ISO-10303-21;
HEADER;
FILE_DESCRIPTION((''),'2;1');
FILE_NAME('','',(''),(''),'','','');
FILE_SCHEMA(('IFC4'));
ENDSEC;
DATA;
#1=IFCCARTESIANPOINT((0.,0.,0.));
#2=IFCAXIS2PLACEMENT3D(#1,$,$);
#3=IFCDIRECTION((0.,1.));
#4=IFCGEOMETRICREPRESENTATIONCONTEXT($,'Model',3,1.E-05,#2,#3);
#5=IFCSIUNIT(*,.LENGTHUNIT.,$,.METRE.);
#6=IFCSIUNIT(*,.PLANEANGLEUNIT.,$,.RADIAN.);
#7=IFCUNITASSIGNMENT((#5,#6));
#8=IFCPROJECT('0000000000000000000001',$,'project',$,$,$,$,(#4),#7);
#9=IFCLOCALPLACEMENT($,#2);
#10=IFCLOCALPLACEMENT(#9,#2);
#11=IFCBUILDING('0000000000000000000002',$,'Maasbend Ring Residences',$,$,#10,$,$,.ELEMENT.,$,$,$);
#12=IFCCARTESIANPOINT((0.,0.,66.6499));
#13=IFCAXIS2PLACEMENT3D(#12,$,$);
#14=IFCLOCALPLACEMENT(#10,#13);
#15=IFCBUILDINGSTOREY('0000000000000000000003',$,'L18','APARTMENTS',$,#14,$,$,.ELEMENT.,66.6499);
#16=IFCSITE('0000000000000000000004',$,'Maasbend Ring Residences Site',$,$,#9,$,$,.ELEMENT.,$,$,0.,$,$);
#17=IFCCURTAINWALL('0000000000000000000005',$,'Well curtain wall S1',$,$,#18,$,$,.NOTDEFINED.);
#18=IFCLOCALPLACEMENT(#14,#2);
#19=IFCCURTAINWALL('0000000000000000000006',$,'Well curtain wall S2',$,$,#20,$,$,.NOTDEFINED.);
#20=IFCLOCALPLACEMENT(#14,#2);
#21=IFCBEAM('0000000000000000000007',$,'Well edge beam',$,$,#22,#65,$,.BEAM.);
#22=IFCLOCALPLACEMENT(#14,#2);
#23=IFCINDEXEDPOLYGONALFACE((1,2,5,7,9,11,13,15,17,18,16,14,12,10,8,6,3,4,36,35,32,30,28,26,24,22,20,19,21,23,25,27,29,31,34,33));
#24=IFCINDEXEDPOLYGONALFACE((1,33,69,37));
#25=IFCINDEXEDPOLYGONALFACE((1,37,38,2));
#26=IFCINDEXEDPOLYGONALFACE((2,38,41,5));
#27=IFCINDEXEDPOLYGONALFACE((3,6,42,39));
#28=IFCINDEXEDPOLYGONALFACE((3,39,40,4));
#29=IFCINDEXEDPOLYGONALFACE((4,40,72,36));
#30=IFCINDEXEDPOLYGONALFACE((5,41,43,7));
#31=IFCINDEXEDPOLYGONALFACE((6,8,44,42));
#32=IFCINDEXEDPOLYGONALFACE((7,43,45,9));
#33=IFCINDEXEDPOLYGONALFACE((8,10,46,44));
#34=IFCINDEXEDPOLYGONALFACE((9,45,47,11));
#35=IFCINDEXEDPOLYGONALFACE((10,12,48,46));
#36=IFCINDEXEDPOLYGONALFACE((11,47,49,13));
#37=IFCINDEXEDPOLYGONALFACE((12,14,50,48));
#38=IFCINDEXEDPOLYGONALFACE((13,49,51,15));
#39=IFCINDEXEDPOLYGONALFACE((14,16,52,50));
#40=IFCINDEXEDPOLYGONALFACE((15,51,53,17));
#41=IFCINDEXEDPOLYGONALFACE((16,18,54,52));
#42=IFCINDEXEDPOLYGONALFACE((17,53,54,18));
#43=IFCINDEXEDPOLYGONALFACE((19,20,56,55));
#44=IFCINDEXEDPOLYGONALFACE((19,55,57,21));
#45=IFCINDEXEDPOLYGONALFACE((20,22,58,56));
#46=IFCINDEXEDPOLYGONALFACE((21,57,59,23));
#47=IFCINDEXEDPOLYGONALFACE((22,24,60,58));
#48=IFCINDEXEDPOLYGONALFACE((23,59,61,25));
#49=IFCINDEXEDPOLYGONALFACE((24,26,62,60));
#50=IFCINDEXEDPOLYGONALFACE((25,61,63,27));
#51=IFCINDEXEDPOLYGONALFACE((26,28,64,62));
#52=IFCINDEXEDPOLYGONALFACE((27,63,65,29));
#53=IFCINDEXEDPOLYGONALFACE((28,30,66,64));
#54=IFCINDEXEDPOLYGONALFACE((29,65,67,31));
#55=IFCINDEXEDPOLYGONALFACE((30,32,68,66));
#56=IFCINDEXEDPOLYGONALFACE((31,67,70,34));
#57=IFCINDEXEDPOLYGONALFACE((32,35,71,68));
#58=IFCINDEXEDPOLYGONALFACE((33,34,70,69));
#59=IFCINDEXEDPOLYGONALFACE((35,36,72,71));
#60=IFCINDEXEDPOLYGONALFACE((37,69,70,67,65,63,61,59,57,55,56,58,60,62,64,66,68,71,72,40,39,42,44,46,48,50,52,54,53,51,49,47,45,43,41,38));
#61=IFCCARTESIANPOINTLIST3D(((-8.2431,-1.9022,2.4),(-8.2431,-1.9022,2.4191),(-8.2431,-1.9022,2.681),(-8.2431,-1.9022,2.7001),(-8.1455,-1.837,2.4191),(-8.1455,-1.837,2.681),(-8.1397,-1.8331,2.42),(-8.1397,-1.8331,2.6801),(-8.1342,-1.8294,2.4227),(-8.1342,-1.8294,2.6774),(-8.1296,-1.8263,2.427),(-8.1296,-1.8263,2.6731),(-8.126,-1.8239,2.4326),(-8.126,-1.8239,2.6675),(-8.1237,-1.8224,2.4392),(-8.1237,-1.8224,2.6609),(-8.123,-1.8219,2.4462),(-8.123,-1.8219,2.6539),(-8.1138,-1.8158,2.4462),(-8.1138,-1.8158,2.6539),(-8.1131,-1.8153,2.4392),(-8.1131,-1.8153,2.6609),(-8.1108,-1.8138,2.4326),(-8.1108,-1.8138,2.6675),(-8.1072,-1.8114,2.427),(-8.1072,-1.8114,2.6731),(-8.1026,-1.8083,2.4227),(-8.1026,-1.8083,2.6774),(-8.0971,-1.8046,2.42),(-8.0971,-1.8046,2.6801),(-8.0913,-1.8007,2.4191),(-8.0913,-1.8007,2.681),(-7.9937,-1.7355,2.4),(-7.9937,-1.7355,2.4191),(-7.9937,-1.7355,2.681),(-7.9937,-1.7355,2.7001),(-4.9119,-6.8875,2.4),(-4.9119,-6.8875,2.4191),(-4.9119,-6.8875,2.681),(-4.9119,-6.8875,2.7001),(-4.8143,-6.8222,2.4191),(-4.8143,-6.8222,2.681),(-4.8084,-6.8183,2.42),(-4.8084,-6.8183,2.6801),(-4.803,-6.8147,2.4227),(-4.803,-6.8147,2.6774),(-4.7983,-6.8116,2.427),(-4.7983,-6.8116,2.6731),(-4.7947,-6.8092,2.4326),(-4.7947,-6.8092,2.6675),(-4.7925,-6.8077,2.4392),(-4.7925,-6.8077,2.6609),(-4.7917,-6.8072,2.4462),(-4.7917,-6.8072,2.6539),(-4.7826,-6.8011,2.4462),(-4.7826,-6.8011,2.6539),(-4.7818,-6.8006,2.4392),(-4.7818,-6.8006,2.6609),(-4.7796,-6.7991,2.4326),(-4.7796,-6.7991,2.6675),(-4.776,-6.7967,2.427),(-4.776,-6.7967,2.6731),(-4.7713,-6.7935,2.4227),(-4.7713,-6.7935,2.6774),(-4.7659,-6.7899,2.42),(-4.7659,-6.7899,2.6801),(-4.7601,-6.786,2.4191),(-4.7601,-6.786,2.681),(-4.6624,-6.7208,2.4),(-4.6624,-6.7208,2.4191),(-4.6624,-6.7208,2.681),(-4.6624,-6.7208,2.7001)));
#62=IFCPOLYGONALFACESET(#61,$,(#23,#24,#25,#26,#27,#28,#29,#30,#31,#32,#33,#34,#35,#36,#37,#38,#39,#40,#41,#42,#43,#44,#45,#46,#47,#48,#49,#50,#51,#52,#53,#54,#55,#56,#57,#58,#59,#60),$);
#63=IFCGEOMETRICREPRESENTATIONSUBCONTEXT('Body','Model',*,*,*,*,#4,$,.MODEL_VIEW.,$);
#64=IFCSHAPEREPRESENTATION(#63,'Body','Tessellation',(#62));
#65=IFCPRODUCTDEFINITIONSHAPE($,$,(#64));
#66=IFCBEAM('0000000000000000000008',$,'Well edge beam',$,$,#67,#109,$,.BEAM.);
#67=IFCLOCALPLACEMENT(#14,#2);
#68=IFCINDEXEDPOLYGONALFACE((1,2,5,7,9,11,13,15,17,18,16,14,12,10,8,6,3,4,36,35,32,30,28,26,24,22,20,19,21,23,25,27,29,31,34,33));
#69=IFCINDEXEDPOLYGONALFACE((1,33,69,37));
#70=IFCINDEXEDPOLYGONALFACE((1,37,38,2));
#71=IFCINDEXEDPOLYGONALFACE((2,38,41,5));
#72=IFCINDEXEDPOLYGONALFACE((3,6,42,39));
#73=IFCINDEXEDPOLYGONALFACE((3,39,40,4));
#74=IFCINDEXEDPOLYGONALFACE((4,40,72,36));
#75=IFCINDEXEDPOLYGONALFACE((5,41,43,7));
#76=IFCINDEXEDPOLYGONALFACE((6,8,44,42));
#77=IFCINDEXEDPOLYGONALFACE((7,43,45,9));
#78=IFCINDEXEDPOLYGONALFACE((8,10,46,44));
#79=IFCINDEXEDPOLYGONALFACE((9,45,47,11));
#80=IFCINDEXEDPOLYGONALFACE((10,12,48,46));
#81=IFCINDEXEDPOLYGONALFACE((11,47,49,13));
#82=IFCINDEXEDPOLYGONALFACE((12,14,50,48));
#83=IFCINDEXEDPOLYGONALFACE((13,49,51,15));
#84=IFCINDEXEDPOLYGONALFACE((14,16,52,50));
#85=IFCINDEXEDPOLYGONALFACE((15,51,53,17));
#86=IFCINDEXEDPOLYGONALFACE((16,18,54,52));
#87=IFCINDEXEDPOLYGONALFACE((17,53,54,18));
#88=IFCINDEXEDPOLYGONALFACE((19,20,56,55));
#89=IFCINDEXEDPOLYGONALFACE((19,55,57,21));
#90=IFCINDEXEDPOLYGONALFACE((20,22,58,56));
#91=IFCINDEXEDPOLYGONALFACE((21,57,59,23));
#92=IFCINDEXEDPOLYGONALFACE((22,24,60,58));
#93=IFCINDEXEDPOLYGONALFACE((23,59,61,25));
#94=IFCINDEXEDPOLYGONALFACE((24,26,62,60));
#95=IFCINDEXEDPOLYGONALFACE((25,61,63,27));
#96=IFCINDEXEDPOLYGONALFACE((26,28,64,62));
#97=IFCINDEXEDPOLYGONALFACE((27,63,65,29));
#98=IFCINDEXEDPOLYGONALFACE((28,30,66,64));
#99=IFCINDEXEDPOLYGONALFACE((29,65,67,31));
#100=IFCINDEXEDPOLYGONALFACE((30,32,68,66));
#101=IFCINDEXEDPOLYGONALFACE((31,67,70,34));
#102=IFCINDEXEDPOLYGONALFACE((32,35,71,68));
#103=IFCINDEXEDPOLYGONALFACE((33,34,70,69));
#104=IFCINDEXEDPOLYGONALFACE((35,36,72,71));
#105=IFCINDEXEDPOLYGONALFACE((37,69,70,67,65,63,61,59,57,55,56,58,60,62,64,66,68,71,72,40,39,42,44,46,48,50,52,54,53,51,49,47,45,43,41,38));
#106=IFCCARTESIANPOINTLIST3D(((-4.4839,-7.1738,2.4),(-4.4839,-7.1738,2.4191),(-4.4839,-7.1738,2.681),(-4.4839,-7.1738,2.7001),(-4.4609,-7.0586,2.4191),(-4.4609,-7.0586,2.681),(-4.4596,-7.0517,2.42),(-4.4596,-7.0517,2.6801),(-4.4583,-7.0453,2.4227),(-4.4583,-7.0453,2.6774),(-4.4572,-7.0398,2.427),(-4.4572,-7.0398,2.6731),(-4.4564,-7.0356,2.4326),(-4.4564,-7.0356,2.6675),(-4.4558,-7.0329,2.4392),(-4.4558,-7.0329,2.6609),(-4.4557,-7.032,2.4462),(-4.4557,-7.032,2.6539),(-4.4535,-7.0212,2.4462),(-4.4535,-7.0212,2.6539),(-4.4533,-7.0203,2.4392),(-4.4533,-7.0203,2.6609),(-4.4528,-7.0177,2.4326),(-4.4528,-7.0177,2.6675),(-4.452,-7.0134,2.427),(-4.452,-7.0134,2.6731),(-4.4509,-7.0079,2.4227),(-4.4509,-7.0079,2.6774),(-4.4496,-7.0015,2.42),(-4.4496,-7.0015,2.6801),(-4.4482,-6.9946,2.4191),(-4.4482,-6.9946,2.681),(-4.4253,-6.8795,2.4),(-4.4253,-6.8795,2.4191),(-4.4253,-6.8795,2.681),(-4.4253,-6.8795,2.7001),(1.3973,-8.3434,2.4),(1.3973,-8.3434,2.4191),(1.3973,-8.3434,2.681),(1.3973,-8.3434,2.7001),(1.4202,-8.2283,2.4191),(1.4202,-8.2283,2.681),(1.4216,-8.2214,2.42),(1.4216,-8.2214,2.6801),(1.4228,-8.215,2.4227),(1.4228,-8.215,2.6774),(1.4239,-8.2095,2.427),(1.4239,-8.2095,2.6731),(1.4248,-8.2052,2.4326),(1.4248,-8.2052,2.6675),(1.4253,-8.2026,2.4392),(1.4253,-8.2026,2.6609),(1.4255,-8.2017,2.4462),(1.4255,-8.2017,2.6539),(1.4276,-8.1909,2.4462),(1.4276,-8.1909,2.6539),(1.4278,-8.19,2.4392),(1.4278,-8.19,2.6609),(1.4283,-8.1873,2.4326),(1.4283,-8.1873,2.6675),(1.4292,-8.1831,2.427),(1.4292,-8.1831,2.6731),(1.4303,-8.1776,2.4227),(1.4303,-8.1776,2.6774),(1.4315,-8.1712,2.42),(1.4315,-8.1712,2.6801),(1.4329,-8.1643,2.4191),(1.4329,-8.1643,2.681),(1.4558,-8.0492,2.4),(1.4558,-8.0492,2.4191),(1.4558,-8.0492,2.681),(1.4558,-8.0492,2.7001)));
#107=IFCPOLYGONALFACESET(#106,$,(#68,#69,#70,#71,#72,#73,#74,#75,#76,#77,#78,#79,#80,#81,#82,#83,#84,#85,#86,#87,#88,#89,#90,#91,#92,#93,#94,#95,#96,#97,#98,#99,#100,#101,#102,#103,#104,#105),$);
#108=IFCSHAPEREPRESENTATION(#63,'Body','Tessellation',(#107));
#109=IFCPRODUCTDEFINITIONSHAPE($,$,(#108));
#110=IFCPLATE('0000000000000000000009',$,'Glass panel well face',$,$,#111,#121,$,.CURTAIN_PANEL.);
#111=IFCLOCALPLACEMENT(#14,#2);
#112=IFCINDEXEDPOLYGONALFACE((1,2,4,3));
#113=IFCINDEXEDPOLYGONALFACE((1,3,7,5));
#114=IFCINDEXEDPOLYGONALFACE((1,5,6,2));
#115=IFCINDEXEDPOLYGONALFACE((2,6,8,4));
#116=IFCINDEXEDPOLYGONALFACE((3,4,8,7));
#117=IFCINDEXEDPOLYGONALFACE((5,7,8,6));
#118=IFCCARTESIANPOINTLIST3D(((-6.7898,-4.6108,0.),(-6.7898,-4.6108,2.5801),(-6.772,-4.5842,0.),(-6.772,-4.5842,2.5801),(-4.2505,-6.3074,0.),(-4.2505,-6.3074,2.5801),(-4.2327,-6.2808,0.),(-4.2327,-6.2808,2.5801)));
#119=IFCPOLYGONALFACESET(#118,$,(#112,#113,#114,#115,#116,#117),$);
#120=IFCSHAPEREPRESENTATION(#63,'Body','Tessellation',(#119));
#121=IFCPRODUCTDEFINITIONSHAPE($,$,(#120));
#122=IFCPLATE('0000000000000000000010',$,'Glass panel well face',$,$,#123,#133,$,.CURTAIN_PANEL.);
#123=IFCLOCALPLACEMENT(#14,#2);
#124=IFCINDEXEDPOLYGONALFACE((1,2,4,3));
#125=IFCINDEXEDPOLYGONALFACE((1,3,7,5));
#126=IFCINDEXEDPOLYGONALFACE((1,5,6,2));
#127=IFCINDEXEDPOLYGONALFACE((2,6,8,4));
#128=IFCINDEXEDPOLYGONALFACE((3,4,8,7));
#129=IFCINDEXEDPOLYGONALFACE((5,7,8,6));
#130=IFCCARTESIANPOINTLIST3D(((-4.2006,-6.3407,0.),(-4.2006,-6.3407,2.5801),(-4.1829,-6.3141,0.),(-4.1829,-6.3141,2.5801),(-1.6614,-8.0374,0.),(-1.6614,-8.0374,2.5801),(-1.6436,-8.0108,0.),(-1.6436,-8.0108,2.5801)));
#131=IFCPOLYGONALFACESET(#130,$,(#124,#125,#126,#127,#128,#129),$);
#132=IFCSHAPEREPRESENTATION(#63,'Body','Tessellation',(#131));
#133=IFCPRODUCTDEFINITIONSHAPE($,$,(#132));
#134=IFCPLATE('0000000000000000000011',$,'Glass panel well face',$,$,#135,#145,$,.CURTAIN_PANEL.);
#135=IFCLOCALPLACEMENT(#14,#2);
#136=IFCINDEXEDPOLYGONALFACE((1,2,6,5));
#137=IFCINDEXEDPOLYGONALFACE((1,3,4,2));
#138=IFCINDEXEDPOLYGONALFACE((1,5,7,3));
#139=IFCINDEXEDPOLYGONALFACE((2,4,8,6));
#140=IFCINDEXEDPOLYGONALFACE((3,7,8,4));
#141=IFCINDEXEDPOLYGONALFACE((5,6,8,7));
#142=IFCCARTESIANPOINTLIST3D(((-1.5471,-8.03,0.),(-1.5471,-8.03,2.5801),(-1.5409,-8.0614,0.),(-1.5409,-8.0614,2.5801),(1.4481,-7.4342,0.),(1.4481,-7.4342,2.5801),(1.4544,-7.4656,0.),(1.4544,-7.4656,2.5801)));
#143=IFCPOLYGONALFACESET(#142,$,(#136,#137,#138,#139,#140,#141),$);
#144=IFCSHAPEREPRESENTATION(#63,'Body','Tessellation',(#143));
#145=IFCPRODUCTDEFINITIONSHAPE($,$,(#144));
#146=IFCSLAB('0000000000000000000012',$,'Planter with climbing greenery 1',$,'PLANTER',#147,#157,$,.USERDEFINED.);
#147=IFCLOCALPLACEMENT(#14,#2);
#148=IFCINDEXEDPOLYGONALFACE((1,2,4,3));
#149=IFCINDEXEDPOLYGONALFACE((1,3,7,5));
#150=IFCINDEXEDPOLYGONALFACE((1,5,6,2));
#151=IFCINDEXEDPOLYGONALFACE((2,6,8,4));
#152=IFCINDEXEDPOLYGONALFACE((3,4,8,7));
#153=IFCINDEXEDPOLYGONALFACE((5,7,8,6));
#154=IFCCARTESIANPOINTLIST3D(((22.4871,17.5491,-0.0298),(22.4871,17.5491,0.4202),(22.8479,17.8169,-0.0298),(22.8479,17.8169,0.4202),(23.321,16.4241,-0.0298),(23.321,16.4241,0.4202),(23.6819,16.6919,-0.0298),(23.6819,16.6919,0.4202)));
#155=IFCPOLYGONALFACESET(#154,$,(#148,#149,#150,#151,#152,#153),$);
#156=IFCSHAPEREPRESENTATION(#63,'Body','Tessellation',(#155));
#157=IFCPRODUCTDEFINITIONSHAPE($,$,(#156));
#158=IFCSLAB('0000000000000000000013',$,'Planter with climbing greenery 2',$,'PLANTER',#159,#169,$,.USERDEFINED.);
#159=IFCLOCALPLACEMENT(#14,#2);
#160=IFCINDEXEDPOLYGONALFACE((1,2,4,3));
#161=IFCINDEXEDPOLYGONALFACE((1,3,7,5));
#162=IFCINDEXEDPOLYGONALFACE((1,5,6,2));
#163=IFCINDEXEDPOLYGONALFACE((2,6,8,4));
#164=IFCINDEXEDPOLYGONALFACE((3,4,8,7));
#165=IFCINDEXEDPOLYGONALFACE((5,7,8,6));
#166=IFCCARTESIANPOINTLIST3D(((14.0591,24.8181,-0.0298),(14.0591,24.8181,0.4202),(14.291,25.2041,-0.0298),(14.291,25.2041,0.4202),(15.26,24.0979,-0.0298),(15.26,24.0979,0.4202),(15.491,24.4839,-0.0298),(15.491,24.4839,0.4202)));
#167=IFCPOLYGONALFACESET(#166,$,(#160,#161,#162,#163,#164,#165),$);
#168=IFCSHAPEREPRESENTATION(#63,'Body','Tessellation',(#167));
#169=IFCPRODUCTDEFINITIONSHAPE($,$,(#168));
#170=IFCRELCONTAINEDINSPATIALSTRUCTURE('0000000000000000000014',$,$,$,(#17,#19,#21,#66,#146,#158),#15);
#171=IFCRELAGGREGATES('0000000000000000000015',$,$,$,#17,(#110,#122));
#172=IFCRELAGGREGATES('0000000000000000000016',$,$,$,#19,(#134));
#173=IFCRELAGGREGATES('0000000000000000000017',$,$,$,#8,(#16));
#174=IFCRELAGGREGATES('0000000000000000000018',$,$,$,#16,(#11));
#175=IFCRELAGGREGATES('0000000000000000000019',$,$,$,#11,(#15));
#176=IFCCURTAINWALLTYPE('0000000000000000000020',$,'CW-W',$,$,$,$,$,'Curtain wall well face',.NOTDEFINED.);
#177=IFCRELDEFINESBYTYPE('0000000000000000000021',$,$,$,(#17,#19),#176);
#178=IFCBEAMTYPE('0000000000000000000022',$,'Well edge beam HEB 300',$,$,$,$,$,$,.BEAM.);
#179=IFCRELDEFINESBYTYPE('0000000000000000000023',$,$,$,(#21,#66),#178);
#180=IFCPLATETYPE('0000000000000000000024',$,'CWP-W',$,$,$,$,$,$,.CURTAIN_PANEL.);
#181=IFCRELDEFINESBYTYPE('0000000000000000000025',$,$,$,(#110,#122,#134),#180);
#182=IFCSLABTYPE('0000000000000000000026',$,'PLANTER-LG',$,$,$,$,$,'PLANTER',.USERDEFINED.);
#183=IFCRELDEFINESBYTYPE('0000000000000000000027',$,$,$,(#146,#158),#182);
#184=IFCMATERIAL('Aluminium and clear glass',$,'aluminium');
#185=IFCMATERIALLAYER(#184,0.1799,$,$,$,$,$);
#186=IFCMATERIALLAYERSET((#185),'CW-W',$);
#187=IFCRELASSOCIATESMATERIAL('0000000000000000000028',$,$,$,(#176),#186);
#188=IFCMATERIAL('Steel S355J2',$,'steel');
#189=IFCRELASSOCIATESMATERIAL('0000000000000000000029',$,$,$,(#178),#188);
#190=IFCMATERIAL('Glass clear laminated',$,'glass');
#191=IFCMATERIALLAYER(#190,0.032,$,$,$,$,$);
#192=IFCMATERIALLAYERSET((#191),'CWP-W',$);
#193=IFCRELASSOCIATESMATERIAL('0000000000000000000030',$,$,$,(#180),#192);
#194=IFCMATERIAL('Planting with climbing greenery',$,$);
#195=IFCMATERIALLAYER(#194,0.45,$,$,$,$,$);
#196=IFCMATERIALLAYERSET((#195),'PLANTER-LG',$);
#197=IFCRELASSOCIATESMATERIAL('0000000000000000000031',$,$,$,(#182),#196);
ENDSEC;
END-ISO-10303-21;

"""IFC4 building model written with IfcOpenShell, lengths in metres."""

from ifc_helpers import new_model, si_unit, direction, frame, origin, origin_2d, place, context, subcontext, project, spatial, polyline, rectangle, i_section, outline, extrude, material, layer, layer_set, material_profile, profile_set, type_object, element, aggregate, save


model = new_model("IFC4")

# Units and contexts
model_context = context("Model", 3, precision=1e-05, world=origin(), true_north=direction((0.0, 1.0)))
body_context = subcontext(model_context, "Body", "Model", "MODEL_VIEW")
ifc_project = project(units=[si_unit("LENGTHUNIT", "METRE"), si_unit("PLANEANGLEUNIT", "RADIAN")], contexts=[model_context])

# Site, building, storey
site_placement = place(None, origin())
site = spatial("IfcSite", under=ifc_project, at=site_placement, Name="Maasbend Ring Residences Site", CompositionType="ELEMENT", RefElevation=0.0)
building_placement = place(site_placement, origin())
building = spatial("IfcBuilding", under=site, at=building_placement, Name="Maasbend Ring Residences", CompositionType="ELEMENT")
storey_placement = place(building_placement, frame((0.0, 0.0, 66.6499)))
storey = spatial("IfcBuildingStorey", under=building, at=storey_placement, Name="L18", Description="APARTMENTS", CompositionType="ELEMENT", Elevation=66.6499)

# Curtain wall
ifc_material_1 = material(Name="Aluminium and clear glass", Category="aluminium")
ifc_layer_1 = layer(ifc_material_1, 0.1799)
ifc_layer_set_1 = layer_set([ifc_layer_1], Name="CW-W")
curtain_wall_type = type_object("IfcCurtainWallType", Name="CW-W", ElementType="Curtain wall well face", PredefinedType="NOTDEFINED", material=ifc_layer_set_1)
curtain_wall_1_placement = place(storey_placement, origin())
curtain_wall_1 = element("IfcCurtainWall", 1, at=curtain_wall_1_placement, inside=storey, type_object=curtain_wall_type, Name="Well curtain wall S1", PredefinedType="NOTDEFINED")

# Curtain wall
curtain_wall_2_placement = place(storey_placement, origin())
curtain_wall_2 = element("IfcCurtainWall", 2, at=curtain_wall_2_placement, inside=storey, type_object=curtain_wall_type, Name="Well curtain wall S2", PredefinedType="NOTDEFINED")

# Beams
ifc_material_2 = material(Name="Steel S355J2", Category="steel")
ifc_material_profile_1 = material_profile(ifc_material_2, i_section(OverallWidth=0.3, OverallDepth=0.3, WebThickness=0.011, FlangeThickness=0.019, FilletRadius=0.0271, at=origin_2d()), Name="HEB 300")
ifc_profile_set_1 = profile_set([ifc_material_profile_1], Name="Steel S355J2")
beam_type = type_object("IfcBeamType", Name="Well edge beam HEB 300", PredefinedType="BEAM", material=ifc_profile_set_1)
beam_1_placement = place(storey_placement, frame((-8.1184, -1.8188, 2.55), z_axis=(0.555593, -0.831455, 0.0), x_axis=(0.831455, 0.555593, 0.0)))
element("IfcBeam", 3, at=beam_1_placement, inside=storey, type_object=beam_type, Name="Well edge beam", PredefinedType="BEAM", context=body_context, shape_type="SweptSolid", body=[
    extrude(i_section(OverallWidth=0.3, OverallDepth=0.3, WebThickness=0.011, FlangeThickness=0.019, FilletRadius=0.0271, at=origin_2d()), origin(), (0.0, 0.0, 1.0), 5.9958),
])
beam_2_placement = place(storey_placement, frame((-4.4546, -7.0266, 2.55), z_axis=(0.98079, -0.195067, 0.0), x_axis=(0.195067, 0.98079, 0.0)))
element("IfcBeam", 4, at=beam_2_placement, inside=storey, type_object=beam_type, Name="Well edge beam", PredefinedType="BEAM", context=body_context, shape_type="SweptSolid", body=[
    extrude(i_section(OverallWidth=0.3, OverallDepth=0.3, WebThickness=0.011, FlangeThickness=0.019, FilletRadius=0.0271, at=origin_2d()), origin(), (0.0, 0.0, 1.0), 5.9963),
])

# Plates
ifc_material_3 = material(Name="Glass clear laminated", Category="glass")
ifc_layer_2 = layer(ifc_material_3, 0.032)
ifc_layer_set_2 = layer_set([ifc_layer_2], Name="CWP-W")
plate_type = type_object("IfcPlateType", Name="CWP-W", PredefinedType="CURTAIN_PANEL", material=ifc_layer_set_2)
plate_1_placement = place(storey_placement, frame((-5.5112, -5.4458, 0.0), z_axis=(0.0, 0.0, 1.0), x_axis=(0.83147, -0.55557, 0.0)))
plate_1 = element("IfcPlate", 5, at=plate_1_placement, type_object=plate_type, Name="Glass panel well face", PredefinedType="CURTAIN_PANEL", context=body_context, shape_type="SweptSolid", body=[
    extrude(rectangle(XDim=3.054, YDim=0.032, at=origin_2d()), origin(), (0.0, 0.0, 1.0), 2.5801),
])
plate_2_placement = place(storey_placement, frame((-2.9221, -7.1758, 0.0), z_axis=(0.0, 0.0, 1.0), x_axis=(0.83147, -0.55557, 0.0)))
plate_2 = element("IfcPlate", 6, at=plate_2_placement, type_object=plate_type, Name="Glass panel well face", PredefinedType="CURTAIN_PANEL", context=body_context, shape_type="SweptSolid", body=[
    extrude(rectangle(XDim=3.054, YDim=0.032, at=origin_2d()), origin(), (0.0, 0.0, 1.0), 2.5801),
])
aggregate(curtain_wall_1, [plate_1, plate_2])
plate_3_placement = place(storey_placement, frame((-0.0464, -7.7478, 0.0), z_axis=(0.0, 0.0, 1.0), x_axis=(0.980785, 0.19509, 0.0)))
plate_3 = element("IfcPlate", 7, at=plate_3_placement, type_object=plate_type, Name="Glass panel well face", PredefinedType="CURTAIN_PANEL", context=body_context, shape_type="SweptSolid", body=[
    extrude(rectangle(XDim=3.054, YDim=0.032, at=origin_2d()), origin(), (0.0, 0.0, 1.0), 2.5801),
])
aggregate(curtain_wall_2, [plate_3])

# Slabs
ifc_material_4 = material(Name="Planting with climbing greenery")
ifc_layer_3 = layer(ifc_material_4, 0.45)
ifc_layer_set_3 = layer_set([ifc_layer_3], Name="PLANTER-LG")
slab_type_1 = type_object("IfcSlabType", Name="PLANTER-LG", ElementType="PLANTER", PredefinedType="USERDEFINED", material=ifc_layer_set_3)
slab_1_placement = place(storey_placement, frame((0.0, 0.0, -0.0298)))
element("IfcSlab", 8, at=slab_1_placement, inside=storey, type_object=slab_type_1, Name="Planter with climbing greenery 1", ObjectType="PLANTER", PredefinedType="USERDEFINED", context=body_context, shape_type="SweptSolid", body=[
    extrude(outline(polyline([(23.6819, 16.6919), (22.8479, 17.8169), (22.4871, 17.5491), (23.321, 16.4241), (23.6819, 16.6919)])), origin(), (0.0, 0.0, 1.0), 0.45),
])
slab_2_placement = place(storey_placement, frame((0.0, 0.0, -0.0298)))
element("IfcSlab", 9, at=slab_2_placement, inside=storey, type_object=slab_type_1, Name="Planter with climbing greenery 2", ObjectType="PLANTER", PredefinedType="USERDEFINED", context=body_context, shape_type="SweptSolid", body=[
    extrude(outline(polyline([(15.491, 24.4839), (14.291, 25.2041), (14.0591, 24.8181), (15.26, 24.0979), (15.491, 24.4839)])), origin(), (0.0, 0.0, 1.0), 0.45),
])

save(model, "model.ifc")
